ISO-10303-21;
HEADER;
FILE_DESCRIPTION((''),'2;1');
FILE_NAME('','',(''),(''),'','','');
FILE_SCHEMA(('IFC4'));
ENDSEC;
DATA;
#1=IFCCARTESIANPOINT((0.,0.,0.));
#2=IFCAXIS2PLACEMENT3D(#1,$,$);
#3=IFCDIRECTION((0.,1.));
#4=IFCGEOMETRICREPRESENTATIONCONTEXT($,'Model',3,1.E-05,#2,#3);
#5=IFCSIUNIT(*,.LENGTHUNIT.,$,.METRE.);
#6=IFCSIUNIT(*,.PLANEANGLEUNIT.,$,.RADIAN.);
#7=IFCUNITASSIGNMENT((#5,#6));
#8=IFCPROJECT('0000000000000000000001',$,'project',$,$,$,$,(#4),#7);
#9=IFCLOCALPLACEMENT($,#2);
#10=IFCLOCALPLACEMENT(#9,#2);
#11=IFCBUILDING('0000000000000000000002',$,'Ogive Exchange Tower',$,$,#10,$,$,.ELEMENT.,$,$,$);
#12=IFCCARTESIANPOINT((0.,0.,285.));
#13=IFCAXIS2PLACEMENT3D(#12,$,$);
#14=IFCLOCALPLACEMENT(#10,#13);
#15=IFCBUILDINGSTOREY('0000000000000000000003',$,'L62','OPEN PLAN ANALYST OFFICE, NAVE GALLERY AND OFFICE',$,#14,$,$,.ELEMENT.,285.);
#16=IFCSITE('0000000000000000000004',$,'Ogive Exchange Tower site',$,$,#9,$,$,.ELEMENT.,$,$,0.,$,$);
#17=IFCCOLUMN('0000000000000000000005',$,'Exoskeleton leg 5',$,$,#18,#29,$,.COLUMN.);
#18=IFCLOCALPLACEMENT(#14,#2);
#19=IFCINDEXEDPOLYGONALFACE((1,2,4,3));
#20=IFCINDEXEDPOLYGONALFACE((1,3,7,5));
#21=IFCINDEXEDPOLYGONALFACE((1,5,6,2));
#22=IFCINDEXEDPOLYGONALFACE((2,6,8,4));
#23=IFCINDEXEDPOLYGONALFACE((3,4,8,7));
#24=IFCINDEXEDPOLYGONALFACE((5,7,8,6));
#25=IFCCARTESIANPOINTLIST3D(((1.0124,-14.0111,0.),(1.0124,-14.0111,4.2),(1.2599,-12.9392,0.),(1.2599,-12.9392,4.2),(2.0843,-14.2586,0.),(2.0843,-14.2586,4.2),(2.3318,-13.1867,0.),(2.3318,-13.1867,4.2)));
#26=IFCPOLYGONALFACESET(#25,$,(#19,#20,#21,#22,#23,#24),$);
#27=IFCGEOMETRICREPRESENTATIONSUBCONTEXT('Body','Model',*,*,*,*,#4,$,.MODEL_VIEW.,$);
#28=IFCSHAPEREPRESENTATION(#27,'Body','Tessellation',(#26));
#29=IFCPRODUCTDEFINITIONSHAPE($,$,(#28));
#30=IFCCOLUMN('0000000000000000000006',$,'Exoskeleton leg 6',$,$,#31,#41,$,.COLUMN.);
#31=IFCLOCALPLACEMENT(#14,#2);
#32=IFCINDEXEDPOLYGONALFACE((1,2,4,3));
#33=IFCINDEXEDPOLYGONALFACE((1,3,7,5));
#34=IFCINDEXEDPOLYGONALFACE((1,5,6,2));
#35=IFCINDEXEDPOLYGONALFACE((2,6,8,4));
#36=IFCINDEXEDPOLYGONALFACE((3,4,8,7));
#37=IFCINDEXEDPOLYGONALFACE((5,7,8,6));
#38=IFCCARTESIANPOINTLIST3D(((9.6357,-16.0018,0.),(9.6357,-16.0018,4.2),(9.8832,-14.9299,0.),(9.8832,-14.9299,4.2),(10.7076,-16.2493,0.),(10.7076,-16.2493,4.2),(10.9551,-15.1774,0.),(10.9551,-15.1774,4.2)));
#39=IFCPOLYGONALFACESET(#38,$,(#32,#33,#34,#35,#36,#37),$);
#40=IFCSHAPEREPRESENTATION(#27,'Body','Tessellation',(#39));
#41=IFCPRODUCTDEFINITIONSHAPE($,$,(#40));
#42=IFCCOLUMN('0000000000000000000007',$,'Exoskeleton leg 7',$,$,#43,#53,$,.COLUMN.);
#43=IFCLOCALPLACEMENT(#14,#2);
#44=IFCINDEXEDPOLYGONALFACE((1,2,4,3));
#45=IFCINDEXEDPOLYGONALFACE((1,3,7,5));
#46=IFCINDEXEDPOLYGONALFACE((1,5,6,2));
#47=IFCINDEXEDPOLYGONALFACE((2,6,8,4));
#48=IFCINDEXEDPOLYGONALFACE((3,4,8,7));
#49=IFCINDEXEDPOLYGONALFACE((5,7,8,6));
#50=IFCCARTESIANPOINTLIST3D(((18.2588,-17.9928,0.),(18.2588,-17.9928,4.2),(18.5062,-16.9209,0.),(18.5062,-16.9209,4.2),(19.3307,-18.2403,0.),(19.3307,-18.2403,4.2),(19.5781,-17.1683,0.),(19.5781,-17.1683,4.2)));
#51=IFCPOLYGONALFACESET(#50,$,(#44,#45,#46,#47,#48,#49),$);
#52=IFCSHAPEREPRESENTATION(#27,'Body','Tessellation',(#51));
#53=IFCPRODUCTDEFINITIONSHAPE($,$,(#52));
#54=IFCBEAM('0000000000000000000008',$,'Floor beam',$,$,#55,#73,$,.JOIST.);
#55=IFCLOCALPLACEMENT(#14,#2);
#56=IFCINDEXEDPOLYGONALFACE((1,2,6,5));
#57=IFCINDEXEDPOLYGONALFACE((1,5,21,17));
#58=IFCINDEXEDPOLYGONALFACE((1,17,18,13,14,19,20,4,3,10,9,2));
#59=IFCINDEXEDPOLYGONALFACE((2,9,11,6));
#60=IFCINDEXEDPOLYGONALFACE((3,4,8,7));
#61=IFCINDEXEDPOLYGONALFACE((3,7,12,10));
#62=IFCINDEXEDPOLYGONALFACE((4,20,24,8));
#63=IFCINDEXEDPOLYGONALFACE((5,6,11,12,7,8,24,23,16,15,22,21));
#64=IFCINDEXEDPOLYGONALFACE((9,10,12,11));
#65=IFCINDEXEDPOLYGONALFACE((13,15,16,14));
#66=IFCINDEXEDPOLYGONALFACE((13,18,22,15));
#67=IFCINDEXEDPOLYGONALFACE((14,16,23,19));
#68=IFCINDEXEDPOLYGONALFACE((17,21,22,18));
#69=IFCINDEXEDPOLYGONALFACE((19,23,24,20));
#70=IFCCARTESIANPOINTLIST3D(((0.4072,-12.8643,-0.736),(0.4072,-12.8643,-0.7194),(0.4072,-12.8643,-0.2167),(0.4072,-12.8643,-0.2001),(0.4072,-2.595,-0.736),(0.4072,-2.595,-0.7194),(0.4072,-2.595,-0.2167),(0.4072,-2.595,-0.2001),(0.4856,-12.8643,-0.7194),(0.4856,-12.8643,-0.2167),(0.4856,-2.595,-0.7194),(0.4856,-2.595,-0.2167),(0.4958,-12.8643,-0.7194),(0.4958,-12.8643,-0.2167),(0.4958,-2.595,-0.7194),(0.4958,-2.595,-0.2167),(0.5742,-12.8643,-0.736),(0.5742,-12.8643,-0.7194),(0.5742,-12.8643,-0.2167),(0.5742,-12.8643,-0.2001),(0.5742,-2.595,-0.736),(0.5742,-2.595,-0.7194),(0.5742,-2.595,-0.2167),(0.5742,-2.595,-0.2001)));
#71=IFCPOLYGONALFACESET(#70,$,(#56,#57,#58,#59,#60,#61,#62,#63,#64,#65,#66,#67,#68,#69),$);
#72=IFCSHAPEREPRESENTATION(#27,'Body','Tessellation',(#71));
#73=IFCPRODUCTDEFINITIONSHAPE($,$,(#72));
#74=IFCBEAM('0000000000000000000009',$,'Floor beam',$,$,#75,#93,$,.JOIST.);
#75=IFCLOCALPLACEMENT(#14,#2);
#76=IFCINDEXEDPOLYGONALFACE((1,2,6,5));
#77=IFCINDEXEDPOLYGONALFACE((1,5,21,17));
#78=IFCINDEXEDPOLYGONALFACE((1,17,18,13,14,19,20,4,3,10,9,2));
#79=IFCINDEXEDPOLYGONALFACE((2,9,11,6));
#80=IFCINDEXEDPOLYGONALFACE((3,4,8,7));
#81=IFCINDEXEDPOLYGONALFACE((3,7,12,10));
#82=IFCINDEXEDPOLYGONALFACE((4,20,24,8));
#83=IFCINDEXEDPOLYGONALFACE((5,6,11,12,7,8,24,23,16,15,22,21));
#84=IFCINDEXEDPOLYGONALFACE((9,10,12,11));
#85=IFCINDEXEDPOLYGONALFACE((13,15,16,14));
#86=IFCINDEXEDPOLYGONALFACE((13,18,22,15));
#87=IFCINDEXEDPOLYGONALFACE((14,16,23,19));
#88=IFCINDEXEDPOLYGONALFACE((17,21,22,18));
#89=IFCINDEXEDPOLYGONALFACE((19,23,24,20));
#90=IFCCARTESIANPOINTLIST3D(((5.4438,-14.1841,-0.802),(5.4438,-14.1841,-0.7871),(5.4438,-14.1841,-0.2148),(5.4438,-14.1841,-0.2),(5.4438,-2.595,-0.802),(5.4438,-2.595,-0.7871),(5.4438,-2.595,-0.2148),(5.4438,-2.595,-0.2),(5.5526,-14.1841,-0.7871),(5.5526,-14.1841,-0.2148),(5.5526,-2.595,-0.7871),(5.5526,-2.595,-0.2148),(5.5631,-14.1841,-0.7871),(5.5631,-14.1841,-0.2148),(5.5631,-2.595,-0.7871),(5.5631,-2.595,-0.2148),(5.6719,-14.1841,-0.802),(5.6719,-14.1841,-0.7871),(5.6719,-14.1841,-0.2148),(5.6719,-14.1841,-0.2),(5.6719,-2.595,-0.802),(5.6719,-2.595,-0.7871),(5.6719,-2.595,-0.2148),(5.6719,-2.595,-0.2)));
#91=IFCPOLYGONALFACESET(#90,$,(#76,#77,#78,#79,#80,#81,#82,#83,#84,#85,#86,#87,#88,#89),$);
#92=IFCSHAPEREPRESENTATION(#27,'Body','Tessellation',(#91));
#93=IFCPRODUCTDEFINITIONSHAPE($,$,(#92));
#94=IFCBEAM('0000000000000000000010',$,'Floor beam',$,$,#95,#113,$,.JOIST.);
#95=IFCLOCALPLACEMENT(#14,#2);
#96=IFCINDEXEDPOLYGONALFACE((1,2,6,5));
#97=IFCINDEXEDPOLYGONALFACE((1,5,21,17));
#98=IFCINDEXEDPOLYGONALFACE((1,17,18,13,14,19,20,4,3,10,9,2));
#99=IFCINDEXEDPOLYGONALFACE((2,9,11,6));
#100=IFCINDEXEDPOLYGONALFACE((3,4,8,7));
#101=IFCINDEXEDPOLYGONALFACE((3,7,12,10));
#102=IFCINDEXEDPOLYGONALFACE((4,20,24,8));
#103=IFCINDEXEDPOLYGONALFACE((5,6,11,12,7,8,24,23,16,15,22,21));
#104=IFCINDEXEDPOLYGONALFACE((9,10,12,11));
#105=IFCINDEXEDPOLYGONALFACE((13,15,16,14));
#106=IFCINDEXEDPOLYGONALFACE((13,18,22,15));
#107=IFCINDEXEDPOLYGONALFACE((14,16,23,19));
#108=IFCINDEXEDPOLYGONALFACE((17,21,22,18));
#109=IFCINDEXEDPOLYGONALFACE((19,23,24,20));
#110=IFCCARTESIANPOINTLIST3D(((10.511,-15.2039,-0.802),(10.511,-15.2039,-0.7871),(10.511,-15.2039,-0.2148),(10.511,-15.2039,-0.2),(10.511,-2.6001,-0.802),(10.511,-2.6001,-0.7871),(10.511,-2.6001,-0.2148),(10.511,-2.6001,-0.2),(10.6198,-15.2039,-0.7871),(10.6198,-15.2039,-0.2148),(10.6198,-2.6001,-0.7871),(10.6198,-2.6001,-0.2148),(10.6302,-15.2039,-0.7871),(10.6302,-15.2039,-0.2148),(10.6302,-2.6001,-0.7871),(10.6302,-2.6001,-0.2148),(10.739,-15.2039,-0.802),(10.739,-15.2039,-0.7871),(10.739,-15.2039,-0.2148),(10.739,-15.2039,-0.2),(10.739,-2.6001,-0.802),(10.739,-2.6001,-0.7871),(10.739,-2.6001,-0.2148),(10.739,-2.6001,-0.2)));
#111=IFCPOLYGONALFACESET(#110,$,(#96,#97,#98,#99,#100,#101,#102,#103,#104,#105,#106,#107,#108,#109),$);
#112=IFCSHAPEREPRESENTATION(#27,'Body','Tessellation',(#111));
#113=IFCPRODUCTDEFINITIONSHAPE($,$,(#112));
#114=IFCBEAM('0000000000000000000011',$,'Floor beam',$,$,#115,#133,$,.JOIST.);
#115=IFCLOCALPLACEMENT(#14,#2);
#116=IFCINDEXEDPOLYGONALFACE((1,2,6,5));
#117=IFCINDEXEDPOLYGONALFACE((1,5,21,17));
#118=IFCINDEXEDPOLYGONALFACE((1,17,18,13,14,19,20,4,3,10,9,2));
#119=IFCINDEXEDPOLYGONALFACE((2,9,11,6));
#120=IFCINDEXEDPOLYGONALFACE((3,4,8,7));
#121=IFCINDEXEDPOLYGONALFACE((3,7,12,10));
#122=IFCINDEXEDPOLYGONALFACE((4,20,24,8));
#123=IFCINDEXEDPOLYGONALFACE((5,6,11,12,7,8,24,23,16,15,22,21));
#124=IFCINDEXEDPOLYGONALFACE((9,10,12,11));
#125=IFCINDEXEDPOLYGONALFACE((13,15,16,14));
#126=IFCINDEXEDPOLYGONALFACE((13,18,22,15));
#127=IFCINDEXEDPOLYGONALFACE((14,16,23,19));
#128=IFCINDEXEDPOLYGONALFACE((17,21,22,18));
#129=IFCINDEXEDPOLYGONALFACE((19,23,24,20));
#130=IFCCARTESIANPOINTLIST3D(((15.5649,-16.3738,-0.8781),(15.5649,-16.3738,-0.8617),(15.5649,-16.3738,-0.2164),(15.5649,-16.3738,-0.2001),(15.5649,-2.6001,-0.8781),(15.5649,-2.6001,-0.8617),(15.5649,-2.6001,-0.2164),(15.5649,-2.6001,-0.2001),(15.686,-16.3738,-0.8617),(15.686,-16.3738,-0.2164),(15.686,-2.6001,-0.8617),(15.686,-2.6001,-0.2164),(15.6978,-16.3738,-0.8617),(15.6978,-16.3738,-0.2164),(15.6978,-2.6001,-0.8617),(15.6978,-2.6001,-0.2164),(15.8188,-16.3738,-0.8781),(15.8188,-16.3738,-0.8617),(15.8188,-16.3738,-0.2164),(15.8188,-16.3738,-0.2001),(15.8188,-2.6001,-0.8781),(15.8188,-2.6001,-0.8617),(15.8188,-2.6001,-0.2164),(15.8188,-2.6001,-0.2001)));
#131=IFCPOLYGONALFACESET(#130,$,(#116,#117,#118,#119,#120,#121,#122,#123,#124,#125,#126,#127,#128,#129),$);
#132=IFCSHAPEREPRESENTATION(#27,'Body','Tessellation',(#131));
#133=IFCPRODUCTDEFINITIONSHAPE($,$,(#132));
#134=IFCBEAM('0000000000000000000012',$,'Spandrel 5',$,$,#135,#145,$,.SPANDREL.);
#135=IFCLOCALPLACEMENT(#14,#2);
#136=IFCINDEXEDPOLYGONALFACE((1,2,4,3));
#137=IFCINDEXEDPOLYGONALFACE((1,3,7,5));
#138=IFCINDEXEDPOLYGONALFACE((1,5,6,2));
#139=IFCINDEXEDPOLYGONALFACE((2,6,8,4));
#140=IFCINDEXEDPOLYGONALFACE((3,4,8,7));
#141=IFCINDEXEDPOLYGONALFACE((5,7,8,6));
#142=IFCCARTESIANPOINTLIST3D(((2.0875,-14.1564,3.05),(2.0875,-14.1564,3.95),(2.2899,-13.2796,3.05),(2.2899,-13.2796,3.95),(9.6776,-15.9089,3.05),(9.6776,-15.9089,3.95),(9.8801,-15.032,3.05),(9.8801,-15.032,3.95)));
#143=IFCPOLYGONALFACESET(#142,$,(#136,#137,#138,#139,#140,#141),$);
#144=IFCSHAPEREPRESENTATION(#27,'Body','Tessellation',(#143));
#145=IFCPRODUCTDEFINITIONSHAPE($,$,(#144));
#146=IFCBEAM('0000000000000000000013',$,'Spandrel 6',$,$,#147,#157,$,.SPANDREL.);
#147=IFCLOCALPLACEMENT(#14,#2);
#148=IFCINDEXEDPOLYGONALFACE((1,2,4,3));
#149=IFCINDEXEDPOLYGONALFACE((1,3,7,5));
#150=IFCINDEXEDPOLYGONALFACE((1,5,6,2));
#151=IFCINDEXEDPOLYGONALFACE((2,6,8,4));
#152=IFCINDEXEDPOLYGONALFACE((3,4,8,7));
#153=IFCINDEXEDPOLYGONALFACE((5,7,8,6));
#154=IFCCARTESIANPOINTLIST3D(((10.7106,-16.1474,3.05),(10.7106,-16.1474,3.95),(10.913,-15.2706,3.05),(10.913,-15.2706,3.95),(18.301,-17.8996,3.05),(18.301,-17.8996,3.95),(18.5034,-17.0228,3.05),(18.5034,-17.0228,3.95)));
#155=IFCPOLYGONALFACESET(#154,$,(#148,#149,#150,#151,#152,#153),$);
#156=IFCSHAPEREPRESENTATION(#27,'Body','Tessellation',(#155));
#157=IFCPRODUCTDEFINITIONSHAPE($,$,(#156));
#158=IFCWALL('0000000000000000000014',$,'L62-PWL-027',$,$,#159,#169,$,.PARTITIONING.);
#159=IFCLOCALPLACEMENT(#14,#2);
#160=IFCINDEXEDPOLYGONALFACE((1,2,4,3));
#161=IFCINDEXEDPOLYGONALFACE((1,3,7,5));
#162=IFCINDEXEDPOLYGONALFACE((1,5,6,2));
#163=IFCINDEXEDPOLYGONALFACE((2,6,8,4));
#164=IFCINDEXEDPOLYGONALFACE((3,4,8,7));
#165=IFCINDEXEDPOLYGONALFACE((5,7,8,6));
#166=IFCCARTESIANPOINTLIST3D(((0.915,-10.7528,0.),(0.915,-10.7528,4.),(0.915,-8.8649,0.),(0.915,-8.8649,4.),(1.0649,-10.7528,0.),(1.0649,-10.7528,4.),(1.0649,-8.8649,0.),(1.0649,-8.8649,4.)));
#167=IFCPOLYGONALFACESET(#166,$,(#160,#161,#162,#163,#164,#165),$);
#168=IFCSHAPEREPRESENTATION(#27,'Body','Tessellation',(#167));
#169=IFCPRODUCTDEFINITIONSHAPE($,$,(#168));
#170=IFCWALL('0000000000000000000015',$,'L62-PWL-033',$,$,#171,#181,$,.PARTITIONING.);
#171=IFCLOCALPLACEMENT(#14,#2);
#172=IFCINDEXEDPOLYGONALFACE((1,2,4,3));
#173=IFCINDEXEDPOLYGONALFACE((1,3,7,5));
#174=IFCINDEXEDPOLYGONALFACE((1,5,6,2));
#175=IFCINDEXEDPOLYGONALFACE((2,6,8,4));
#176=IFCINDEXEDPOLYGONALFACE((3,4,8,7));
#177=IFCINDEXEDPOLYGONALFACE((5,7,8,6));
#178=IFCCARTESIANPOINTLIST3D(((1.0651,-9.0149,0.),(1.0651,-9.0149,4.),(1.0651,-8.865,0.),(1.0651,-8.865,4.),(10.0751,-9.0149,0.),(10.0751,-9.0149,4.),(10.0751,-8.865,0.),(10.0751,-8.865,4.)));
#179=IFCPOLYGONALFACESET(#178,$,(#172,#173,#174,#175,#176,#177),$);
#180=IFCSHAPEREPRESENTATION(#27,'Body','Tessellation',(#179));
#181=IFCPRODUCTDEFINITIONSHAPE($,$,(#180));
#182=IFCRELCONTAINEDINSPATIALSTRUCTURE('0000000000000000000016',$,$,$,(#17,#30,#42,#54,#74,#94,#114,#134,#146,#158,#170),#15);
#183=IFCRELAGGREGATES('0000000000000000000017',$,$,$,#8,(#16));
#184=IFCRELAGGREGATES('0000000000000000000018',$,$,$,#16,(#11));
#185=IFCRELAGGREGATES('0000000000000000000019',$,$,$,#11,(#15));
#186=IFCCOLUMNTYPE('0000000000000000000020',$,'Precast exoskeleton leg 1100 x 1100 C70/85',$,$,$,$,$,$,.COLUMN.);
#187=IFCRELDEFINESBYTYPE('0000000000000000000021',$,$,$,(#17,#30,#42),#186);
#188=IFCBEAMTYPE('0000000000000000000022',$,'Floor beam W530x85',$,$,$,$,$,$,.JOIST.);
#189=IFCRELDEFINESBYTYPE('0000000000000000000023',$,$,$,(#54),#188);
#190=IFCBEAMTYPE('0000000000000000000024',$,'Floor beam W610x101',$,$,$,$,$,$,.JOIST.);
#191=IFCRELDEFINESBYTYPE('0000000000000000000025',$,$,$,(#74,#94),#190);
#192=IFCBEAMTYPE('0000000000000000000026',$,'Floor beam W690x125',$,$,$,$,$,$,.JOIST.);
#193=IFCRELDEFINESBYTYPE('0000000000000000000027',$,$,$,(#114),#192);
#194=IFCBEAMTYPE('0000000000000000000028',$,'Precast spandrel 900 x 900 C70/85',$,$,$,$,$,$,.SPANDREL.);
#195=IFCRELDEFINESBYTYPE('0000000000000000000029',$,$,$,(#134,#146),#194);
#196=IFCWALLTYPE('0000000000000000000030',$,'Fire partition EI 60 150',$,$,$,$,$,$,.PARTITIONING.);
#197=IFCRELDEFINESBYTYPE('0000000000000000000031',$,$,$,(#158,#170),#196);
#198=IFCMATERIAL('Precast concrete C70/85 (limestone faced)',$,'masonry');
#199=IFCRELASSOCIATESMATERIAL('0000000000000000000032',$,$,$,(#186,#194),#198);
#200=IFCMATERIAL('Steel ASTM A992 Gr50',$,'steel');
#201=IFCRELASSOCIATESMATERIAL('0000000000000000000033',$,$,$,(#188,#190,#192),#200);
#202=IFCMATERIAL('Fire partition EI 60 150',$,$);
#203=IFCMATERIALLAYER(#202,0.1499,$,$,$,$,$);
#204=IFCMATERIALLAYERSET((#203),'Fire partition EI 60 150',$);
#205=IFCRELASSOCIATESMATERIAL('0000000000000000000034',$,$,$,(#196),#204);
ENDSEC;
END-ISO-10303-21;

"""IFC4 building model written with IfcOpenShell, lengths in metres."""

from ifc_helpers import new_model, si_unit, direction, frame, frame_2d, origin, origin_2d, place, context, subcontext, project, spatial, rectangle, i_section, extrude, material, layer, layer_set, material_profile, profile_set, type_object, element, save


model = new_model("IFC4")

# Units and contexts
model_context = context("Model", 3, precision=1e-05, world=origin(), true_north=direction((0.0, 1.0)))
body_context = subcontext(model_context, "Body", "Model", "MODEL_VIEW")
ifc_project = project(units=[si_unit("LENGTHUNIT", "METRE"), si_unit("PLANEANGLEUNIT", "RADIAN")], contexts=[model_context])

# Site, building, storey
site_placement = place(None, origin())
site = spatial("IfcSite", under=ifc_project, at=site_placement, Name="Ogive Exchange Tower site", CompositionType="ELEMENT", RefElevation=0.0)
building_placement = place(site_placement, origin())
building = spatial("IfcBuilding", under=site, at=building_placement, Name="Ogive Exchange Tower", CompositionType="ELEMENT")
storey_placement = place(building_placement, frame((0.0, 0.0, 285.0)))
storey = spatial("IfcBuildingStorey", under=building, at=storey_placement, Name="L62", Description="OPEN PLAN ANALYST OFFICE, NAVE GALLERY AND OFFICE", CompositionType="ELEMENT", Elevation=285.0)

# Columns
ifc_material_1 = material(Name="Precast concrete C70/85 (limestone faced)", Category="masonry")
ifc_material_profile_1 = material_profile(ifc_material_1, rectangle(XDim=1.1001, YDim=1.1001, at=origin_2d()), Name="1100 x 1100")
ifc_profile_set_1 = profile_set([ifc_material_profile_1], Name="Precast concrete C70/85 (limestone faced)")
column_type = type_object("IfcColumnType", Name="Precast exoskeleton leg 1100 x 1100 C70/85", PredefinedType="COLUMN", material=ifc_profile_set_1)
for number, where, z_axis, x_axis, name in (
    (1, (1.6721, -13.5989, 0.0), (0.0, 0.0, 1.0), (0.97437, -0.224951, 0.0), "Exoskeleton leg 5"),
    (2, (10.2954, -15.5896, 0.0), (0.0, 0.0, 1.0), (0.97437, -0.224951, 0.0), "Exoskeleton leg 6"),
    (3, (18.9185, -17.5806, 0.0), (0.0, 0.0, 1.0), (0.97437, -0.224951, 0.0), "Exoskeleton leg 7"),
):
    element("IfcColumn", number, at=place(storey_placement, frame(where, z_axis=z_axis, x_axis=x_axis)), inside=storey, type_object=column_type, Name=name, PredefinedType="COLUMN", context=body_context, shape_type="SweptSolid", body=[
        extrude(rectangle(XDim=1.1001, YDim=1.1001, at=origin_2d()), origin(), (0.0, 0.0, 1.0), 4.2),
    ])

# Beams
ifc_material_2 = material(Name="Steel ASTM A992 Gr50", Category="steel")
ifc_material_profile_2 = material_profile(ifc_material_2, i_section(OverallWidth=0.167, OverallDepth=0.5359, WebThickness=0.0103, FlangeThickness=0.0166, at=origin_2d()), Name="W530x85")
ifc_profile_set_2 = profile_set([ifc_material_profile_2], Name="Steel ASTM A992 Gr50")
beam_type_1 = type_object("IfcBeamType", Name="Floor beam W530x85", PredefinedType="JOIST", material=ifc_profile_set_2)
beam_1_placement = place(storey_placement, frame((0.4907, -12.8643, -0.468), z_axis=(0.0, 1.0, 0.0), x_axis=(-1.0, 0.0, 0.0)))
element("IfcBeam", 4, at=beam_1_placement, inside=storey, type_object=beam_type_1, Name="Floor beam", PredefinedType="JOIST", context=body_context, shape_type="SweptSolid", body=[
    extrude(i_section(OverallWidth=0.167, OverallDepth=0.5359, WebThickness=0.0103, FlangeThickness=0.0166, at=origin_2d()), origin(), (0.0, 0.0, 1.0), 10.2693),
])
ifc_material_profile_3 = material_profile(ifc_material_2, i_section(OverallWidth=0.228, OverallDepth=0.6021, WebThickness=0.0105, FlangeThickness=0.0149, at=origin_2d()), Name="W610x101")
ifc_profile_set_3 = profile_set([ifc_material_profile_3], Name="Steel ASTM A992 Gr50")
beam_type_2 = type_object("IfcBeamType", Name="Floor beam W610x101", PredefinedType="JOIST", material=ifc_profile_set_3)
beam_2_placement = place(storey_placement, frame((5.5579, -14.1841, -0.501), z_axis=(0.0, 1.0, 0.0), x_axis=(-1.0, 0.0, 0.0)))
element("IfcBeam", 5, at=beam_2_placement, inside=storey, type_object=beam_type_2, Name="Floor beam", PredefinedType="JOIST", context=body_context, shape_type="SweptSolid", body=[
    extrude(i_section(OverallWidth=0.228, OverallDepth=0.6021, WebThickness=0.0105, FlangeThickness=0.0149, at=origin_2d()), origin(), (0.0, 0.0, 1.0), 11.5891),
])
beam_3_placement = place(storey_placement, frame((10.625, -15.2039, -0.501), z_axis=(0.0, 1.0, 0.0), x_axis=(-1.0, 0.0, 0.0)))
element("IfcBeam", 6, at=beam_3_placement, inside=storey, type_object=beam_type_2, Name="Floor beam", PredefinedType="JOIST", context=body_context, shape_type="SweptSolid", body=[
    extrude(i_section(OverallWidth=0.228, OverallDepth=0.6021, WebThickness=0.0105, FlangeThickness=0.0149, at=origin_2d()), origin(), (0.0, 0.0, 1.0), 12.6038),
])
ifc_material_profile_4 = material_profile(ifc_material_2, i_section(OverallWidth=0.2539, OverallDepth=0.678, WebThickness=0.0117, FlangeThickness=0.0164, at=origin_2d()), Name="W690x125")
ifc_profile_set_4 = profile_set([ifc_material_profile_4], Name="Steel ASTM A992 Gr50")
beam_type_3 = type_object("IfcBeamType", Name="Floor beam W690x125", PredefinedType="JOIST", material=ifc_profile_set_4)
beam_4_placement = place(storey_placement, frame((15.6919, -16.3738, -0.5391), z_axis=(0.0, 1.0, 0.0), x_axis=(-1.0, 0.0, 0.0)))
element("IfcBeam", 7, at=beam_4_placement, inside=storey, type_object=beam_type_3, Name="Floor beam", PredefinedType="JOIST", context=body_context, shape_type="SweptSolid", body=[
    extrude(i_section(OverallWidth=0.2539, OverallDepth=0.678, WebThickness=0.0117, FlangeThickness=0.0164, at=origin_2d()), origin(), (0.0, 0.0, 1.0), 13.7737),
])
ifc_material_profile_5 = material_profile(ifc_material_1, rectangle(XDim=0.8999, YDim=0.8999, at=origin_2d()), Name="900 x 900")
ifc_profile_set_5 = profile_set([ifc_material_profile_5], Name="Precast concrete C70/85 (limestone faced)")
beam_type_4 = type_object("IfcBeamType", Name="Precast spandrel 900 x 900 C70/85", PredefinedType="SPANDREL", material=ifc_profile_set_5)
beam_5_placement = place(storey_placement, frame((2.1887, -13.718, 3.5), z_axis=(0.974366, -0.224967, 0.0), x_axis=(0.224967, 0.974366, 0.0)))
element("IfcBeam", 8, at=beam_5_placement, inside=storey, type_object=beam_type_4, Name="Spandrel 5", PredefinedType="SPANDREL", context=body_context, shape_type="SweptSolid", body=[
    extrude(rectangle(XDim=0.8999, YDim=0.8999, at=origin_2d()), origin(), (0.0, 0.0, 1.0), 7.7898),
])
beam_6_placement = place(storey_placement, frame((10.8118, -15.709, 3.5), z_axis=(0.974375, -0.22493, 0.0), x_axis=(0.22493, 0.974375, 0.0)))
element("IfcBeam", 9, at=beam_6_placement, inside=storey, type_object=beam_type_4, Name="Spandrel 6", PredefinedType="SPANDREL", context=body_context, shape_type="SweptSolid", body=[
    extrude(rectangle(XDim=0.8999, YDim=0.8999, at=origin_2d()), origin(), (0.0, 0.0, 1.0), 7.79),
])

# Walls
ifc_material_3 = material(Name="Fire partition EI 60 150")
ifc_layer_1 = layer(ifc_material_3, 0.1499)
ifc_layer_set_1 = layer_set([ifc_layer_1], Name="Fire partition EI 60 150")
wall_type_1 = type_object("IfcWallType", Name="Fire partition EI 60 150", PredefinedType="PARTITIONING", material=ifc_layer_set_1)
wall_1_placement = place(storey_placement, frame((0.99, -8.865, 0.0), z_axis=(0.0, 0.0, 1.0), x_axis=(0.0, -1.0, 0.0)))
element("IfcWall", 10, at=wall_1_placement, inside=storey, type_object=wall_type_1, Name="L62-PWL-027", PredefinedType="PARTITIONING", context=body_context, shape_type="SweptSolid", body=[
    extrude(rectangle(XDim=1.8879, YDim=0.1499, at=frame_2d((0.9438, 0.0))), origin(), (0.0, 0.0, 1.0), 4.0),
])
wall_2_placement = place(storey_placement, frame((10.075, -8.9399, 0.0), z_axis=(0.0, 0.0, 1.0), x_axis=(-1.0, 0.0, 0.0)))
element("IfcWall", 11, at=wall_2_placement, inside=storey, type_object=wall_type_1, Name="L62-PWL-033", PredefinedType="PARTITIONING", context=body_context, shape_type="SweptSolid", body=[
    extrude(rectangle(XDim=9.01, YDim=0.1499, at=frame_2d((4.5049, 0.0))), origin(), (0.0, 0.0, 1.0), 4.0),
])

save(model, "model.ifc")
